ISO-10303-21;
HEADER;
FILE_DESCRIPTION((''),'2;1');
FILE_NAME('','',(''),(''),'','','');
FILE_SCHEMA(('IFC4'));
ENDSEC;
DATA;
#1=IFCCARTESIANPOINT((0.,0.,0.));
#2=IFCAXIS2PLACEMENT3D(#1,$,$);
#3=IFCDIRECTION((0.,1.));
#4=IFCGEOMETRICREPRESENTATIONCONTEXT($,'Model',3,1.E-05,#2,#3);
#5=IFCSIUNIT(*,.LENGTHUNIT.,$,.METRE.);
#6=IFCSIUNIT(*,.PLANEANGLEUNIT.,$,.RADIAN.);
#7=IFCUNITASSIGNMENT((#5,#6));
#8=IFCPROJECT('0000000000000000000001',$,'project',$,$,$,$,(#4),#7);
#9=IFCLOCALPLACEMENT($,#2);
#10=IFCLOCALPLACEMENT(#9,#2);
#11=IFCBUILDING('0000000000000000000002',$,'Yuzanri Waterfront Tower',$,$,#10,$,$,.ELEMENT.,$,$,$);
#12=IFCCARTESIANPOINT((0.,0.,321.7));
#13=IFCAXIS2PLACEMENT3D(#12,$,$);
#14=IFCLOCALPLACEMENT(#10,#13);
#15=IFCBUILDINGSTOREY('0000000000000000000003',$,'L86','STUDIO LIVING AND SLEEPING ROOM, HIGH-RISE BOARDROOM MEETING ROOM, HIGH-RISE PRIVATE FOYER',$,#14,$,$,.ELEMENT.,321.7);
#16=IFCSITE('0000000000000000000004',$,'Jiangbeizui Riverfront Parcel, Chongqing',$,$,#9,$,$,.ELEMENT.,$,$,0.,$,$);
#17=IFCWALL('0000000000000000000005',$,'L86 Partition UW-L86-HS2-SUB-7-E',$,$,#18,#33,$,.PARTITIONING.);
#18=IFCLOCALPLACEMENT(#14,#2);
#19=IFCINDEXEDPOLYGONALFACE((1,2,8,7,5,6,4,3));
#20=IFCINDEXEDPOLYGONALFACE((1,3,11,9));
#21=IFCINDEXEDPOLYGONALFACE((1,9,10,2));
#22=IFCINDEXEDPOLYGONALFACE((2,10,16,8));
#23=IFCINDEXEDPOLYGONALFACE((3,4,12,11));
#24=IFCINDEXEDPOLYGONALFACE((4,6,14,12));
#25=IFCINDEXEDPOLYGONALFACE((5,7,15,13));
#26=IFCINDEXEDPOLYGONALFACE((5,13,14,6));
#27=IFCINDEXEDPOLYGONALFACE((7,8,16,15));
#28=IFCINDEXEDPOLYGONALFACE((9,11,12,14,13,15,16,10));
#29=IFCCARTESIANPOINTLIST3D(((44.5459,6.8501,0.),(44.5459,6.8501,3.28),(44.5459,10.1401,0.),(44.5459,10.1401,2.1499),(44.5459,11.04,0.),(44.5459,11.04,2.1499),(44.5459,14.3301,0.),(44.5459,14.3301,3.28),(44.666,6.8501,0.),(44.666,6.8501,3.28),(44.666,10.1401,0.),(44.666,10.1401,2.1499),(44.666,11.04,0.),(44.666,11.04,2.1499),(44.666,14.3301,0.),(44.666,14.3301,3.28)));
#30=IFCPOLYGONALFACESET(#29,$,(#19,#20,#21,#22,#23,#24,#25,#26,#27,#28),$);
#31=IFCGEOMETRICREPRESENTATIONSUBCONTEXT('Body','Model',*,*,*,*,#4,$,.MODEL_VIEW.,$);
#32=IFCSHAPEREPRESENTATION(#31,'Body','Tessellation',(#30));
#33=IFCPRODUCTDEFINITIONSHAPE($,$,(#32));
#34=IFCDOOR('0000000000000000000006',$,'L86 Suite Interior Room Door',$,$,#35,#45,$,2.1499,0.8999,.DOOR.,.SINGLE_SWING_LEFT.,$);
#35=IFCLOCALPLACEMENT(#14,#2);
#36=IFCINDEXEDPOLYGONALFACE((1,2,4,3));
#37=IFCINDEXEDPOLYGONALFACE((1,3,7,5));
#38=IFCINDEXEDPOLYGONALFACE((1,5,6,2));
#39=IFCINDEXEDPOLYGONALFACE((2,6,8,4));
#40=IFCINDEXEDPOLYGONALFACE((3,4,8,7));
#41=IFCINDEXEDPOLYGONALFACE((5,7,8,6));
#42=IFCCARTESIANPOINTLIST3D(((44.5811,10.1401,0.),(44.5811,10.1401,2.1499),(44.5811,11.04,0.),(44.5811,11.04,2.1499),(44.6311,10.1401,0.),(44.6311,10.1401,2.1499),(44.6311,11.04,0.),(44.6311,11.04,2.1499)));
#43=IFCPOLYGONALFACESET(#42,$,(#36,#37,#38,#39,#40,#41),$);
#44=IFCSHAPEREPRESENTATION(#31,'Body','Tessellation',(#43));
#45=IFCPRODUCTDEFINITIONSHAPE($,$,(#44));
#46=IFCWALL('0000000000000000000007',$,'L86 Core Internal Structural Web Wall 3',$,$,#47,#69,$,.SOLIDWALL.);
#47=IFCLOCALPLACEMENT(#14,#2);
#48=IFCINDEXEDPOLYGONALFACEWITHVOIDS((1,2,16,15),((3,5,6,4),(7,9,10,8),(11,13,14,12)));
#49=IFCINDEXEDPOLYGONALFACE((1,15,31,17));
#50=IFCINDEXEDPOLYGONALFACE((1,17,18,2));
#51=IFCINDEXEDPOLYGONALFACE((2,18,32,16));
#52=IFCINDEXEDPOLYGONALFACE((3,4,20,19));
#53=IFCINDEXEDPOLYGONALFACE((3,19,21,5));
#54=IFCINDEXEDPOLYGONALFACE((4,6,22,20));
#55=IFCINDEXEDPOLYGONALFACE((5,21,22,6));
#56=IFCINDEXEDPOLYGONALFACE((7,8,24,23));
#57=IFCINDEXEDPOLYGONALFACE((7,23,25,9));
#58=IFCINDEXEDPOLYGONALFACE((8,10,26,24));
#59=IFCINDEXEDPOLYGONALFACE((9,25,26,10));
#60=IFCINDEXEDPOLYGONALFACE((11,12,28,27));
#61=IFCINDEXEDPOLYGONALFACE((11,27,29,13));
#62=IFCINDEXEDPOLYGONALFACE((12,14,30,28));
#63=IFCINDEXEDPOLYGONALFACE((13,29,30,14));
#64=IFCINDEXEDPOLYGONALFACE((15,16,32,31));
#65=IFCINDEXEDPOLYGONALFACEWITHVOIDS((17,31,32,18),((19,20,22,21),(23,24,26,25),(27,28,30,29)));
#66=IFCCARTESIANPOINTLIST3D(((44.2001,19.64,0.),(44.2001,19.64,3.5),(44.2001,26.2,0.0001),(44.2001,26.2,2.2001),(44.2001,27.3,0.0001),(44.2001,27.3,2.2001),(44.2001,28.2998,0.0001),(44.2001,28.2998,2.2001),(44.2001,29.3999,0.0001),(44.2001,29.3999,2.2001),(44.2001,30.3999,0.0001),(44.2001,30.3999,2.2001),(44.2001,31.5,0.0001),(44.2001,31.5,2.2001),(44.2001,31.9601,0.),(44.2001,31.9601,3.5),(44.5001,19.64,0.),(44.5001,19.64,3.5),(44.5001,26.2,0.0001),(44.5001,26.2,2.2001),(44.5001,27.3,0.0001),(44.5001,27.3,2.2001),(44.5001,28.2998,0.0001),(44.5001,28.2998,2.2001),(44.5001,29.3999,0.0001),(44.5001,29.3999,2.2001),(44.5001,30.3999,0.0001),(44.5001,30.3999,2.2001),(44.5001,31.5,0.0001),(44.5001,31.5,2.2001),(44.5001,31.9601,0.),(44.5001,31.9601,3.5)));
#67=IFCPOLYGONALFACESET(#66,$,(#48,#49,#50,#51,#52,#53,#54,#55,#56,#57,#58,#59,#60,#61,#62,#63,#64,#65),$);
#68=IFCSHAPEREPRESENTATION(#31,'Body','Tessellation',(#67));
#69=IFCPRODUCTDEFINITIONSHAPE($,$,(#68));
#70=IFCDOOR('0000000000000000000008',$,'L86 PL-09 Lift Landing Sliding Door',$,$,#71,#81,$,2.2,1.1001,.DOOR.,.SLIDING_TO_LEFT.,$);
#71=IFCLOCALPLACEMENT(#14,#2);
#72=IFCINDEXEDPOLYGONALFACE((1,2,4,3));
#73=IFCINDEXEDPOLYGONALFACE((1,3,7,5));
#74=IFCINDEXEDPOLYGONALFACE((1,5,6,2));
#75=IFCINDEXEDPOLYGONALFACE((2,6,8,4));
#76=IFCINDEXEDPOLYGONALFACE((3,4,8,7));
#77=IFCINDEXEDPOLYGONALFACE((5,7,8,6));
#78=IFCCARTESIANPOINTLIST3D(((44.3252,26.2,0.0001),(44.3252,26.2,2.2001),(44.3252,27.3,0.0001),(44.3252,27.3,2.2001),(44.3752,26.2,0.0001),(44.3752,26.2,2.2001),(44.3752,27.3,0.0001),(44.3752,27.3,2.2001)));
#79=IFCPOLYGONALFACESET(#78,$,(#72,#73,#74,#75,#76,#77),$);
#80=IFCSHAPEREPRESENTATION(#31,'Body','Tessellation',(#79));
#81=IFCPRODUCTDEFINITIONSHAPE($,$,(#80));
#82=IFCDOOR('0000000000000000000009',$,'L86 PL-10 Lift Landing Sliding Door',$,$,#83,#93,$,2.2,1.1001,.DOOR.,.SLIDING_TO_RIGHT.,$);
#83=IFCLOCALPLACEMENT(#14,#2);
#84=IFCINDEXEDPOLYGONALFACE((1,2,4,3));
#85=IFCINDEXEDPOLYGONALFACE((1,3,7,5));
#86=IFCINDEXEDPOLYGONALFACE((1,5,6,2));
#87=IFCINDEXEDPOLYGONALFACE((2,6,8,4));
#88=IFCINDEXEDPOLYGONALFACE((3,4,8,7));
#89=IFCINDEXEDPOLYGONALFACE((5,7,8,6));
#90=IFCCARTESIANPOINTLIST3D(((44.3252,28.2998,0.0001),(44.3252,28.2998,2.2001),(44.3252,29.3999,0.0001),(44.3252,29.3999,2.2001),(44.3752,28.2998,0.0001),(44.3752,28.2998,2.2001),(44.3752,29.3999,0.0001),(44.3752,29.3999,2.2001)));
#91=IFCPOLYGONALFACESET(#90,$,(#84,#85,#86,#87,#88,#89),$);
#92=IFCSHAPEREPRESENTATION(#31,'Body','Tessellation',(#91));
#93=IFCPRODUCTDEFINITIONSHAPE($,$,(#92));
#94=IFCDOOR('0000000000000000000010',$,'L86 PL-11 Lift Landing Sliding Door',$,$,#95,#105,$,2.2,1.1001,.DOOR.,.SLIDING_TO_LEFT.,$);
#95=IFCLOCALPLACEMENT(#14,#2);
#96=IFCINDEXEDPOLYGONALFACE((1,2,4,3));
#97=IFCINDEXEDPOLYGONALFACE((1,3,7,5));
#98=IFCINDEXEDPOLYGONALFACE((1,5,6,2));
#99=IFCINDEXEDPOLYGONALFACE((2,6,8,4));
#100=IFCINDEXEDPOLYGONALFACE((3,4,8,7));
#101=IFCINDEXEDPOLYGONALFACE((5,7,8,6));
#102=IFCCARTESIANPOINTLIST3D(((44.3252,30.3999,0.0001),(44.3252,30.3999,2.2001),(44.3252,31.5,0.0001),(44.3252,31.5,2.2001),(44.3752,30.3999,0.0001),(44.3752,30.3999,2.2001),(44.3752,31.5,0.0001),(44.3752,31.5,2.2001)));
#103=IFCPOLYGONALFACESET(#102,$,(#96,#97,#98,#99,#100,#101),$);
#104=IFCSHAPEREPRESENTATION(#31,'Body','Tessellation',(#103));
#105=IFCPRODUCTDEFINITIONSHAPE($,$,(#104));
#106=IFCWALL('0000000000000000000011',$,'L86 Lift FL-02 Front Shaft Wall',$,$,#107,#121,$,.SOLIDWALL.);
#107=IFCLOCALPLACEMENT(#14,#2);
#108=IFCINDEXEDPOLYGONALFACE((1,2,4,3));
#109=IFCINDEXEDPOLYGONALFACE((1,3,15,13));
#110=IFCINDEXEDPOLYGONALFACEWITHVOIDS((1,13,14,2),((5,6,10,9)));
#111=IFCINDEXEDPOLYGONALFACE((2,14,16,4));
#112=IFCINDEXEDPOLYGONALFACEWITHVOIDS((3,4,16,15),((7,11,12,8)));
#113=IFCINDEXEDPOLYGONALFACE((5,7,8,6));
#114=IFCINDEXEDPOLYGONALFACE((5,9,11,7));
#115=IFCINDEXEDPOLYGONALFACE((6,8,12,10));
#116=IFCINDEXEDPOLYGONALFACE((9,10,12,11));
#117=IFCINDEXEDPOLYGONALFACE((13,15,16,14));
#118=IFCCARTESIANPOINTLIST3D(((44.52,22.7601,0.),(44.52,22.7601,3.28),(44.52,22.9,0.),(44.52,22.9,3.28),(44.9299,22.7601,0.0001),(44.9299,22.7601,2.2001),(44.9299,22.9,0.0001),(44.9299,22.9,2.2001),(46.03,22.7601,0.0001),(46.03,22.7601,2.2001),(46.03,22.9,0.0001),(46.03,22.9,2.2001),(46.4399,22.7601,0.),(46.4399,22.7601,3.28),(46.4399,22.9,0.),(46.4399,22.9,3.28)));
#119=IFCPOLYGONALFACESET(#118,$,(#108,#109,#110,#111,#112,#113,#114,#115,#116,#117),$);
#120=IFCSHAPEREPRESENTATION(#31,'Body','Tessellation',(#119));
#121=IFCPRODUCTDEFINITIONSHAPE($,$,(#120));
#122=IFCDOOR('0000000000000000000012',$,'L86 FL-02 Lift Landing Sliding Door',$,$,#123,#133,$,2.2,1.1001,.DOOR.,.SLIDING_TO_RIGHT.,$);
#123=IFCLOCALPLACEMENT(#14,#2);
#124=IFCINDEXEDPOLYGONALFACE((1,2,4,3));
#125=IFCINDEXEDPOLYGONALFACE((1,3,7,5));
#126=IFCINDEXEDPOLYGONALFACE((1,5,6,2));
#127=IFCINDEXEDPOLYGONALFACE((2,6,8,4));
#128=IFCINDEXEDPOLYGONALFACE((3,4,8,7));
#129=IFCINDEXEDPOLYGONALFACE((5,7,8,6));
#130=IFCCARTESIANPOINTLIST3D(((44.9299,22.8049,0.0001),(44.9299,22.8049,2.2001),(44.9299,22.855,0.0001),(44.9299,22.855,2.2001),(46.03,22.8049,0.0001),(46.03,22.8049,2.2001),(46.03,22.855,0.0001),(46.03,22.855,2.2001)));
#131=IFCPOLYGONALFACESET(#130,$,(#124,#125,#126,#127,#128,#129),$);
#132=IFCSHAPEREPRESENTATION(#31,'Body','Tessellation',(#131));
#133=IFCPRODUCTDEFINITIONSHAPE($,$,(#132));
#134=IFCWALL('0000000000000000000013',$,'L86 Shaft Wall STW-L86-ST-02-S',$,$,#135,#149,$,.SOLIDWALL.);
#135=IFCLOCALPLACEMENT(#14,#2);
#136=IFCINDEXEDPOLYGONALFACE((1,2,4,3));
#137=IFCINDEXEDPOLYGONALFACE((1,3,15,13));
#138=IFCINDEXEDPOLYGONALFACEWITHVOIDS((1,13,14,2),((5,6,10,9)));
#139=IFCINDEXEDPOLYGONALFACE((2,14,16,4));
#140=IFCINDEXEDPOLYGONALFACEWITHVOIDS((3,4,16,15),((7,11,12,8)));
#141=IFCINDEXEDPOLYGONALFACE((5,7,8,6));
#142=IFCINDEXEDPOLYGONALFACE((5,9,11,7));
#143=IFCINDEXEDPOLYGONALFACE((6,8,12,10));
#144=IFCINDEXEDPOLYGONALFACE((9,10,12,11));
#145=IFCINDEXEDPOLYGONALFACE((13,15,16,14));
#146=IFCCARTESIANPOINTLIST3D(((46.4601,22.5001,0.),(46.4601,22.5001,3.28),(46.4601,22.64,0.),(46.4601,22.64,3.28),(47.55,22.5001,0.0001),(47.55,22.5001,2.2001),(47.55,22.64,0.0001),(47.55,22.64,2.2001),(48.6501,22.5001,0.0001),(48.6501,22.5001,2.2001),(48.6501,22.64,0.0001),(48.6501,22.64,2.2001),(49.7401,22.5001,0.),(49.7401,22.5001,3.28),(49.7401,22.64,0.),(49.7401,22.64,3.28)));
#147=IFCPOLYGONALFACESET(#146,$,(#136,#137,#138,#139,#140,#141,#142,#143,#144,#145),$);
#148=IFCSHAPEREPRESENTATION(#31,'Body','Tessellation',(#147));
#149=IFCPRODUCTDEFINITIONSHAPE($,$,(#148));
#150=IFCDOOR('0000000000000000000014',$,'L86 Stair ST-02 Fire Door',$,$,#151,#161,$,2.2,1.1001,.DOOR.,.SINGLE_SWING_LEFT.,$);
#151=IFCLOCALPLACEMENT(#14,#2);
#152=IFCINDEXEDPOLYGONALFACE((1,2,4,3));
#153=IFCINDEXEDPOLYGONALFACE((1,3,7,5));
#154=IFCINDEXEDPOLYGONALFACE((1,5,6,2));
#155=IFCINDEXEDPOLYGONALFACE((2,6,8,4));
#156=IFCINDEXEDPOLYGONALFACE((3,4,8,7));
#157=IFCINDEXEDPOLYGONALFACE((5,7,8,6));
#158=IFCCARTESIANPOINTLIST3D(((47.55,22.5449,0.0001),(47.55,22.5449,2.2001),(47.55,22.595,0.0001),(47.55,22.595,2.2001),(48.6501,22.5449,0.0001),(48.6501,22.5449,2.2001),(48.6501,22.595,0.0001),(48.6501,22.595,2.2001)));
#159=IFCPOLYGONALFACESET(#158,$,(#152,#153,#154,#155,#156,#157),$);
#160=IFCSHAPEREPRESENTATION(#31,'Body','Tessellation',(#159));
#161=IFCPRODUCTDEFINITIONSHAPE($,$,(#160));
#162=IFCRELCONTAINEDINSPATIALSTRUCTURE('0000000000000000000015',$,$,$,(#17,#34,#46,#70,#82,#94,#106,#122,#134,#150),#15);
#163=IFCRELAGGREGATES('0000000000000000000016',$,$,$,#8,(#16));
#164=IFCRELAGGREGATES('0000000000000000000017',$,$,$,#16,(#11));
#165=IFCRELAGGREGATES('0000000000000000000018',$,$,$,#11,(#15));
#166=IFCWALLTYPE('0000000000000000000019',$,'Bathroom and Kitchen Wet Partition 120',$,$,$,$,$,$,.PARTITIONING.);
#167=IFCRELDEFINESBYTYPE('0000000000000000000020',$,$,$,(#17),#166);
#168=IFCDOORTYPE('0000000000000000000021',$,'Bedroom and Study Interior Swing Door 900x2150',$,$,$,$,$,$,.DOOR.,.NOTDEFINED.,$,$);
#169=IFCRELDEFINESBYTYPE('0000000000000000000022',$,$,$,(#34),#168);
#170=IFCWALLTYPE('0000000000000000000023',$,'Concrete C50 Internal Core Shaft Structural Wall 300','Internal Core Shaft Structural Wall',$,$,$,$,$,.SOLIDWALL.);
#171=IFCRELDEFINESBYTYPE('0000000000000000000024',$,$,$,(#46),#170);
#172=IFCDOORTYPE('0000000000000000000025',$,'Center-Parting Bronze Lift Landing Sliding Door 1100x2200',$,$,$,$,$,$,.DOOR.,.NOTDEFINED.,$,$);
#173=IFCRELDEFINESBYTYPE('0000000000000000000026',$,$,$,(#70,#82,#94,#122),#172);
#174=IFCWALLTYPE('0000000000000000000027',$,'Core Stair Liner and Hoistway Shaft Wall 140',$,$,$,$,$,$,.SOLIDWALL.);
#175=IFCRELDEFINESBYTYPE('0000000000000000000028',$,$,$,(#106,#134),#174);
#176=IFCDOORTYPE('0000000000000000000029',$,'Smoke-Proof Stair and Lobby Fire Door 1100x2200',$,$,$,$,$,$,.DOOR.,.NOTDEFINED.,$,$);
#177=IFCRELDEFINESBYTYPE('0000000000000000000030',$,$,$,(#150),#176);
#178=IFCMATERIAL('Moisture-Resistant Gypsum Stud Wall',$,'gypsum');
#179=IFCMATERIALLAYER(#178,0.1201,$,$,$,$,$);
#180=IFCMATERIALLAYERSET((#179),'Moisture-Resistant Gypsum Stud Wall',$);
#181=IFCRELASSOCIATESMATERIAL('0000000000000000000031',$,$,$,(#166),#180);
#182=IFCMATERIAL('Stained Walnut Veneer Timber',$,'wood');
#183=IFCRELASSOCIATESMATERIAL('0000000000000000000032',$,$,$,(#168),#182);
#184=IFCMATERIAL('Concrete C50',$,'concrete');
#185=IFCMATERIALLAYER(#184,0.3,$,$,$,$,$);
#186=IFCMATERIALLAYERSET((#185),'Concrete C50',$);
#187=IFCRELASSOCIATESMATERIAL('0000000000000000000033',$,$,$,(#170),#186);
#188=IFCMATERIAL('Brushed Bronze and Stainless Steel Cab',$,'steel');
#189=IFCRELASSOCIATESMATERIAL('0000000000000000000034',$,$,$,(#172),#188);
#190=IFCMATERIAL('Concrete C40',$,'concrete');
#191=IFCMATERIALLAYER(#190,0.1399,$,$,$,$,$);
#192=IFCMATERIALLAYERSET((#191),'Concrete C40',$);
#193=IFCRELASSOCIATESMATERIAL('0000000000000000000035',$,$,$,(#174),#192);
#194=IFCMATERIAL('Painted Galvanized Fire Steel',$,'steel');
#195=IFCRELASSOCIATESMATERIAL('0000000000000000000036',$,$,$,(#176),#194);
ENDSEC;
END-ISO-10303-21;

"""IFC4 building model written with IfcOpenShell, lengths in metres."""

from ifc_helpers import new_model, si_unit, direction, frame, frame_2d, origin, place, context, subcontext, project, spatial, rectangle, extrude, source, transform, mapped, material, layer, layer_set, type_object, element, fill, save


model = new_model("IFC4")

# Units and contexts
model_context = context("Model", 3, precision=1e-05, world=origin(), true_north=direction((0.0, 1.0)))
body_context = subcontext(model_context, "Body", "Model", "MODEL_VIEW")
ifc_project = project(units=[si_unit("LENGTHUNIT", "METRE"), si_unit("PLANEANGLEUNIT", "RADIAN")], contexts=[model_context])

# Site, building, storey
site_placement = place(None, origin())
site = spatial("IfcSite", under=ifc_project, at=site_placement, Name="Jiangbeizui Riverfront Parcel, Chongqing", CompositionType="ELEMENT", RefElevation=0.0)
building_placement = place(site_placement, origin())
building = spatial("IfcBuilding", under=site, at=building_placement, Name="Yuzanri Waterfront Tower", CompositionType="ELEMENT")
storey_placement = place(building_placement, frame((0.0, 0.0, 321.7)))
storey = spatial("IfcBuildingStorey", under=building, at=storey_placement, Name="L86", Description="STUDIO LIVING AND SLEEPING ROOM, HIGH-RISE BOARDROOM MEETING ROOM, HIGH-RISE PRIVATE FOYER", CompositionType="ELEMENT", Elevation=321.7)

# Wall, opening, door
ifc_material_1 = material(Name="Moisture-Resistant Gypsum Stud Wall", Category="gypsum")
ifc_layer_1 = layer(ifc_material_1, 0.1201)
ifc_layer_set_1 = layer_set([ifc_layer_1], Name="Moisture-Resistant Gypsum Stud Wall")
wall_type_1 = type_object("IfcWallType", Name="Bathroom and Kitchen Wet Partition 120", PredefinedType="PARTITIONING", material=ifc_layer_set_1)
wall_1_placement = place(storey_placement, frame((44.606, 6.8501, 0.0), z_axis=(0.0, 0.0, 1.0), x_axis=(0.0, 1.0, 0.0)))
wall_1 = element("IfcWall", 1, at=wall_1_placement, inside=storey, type_object=wall_type_1, Name="L86 Partition UW-L86-HS2-SUB-7-E", PredefinedType="PARTITIONING", context=body_context, shape_type="SweptSolid", body=[
    extrude(rectangle(XDim=7.48, YDim=0.1201, at=frame_2d((3.74, 0.0))), origin(), (0.0, 0.0, 1.0), 3.28),
])
opening_1_placement = place(wall_1_placement, frame((3.29, 0.0, 0.0)))
opening_1 = element("IfcOpeningElement", 2, at=opening_1_placement, cuts=wall_1, PredefinedType="OPENING", context=body_context, shape_type="SweptSolid", body=[
    extrude(rectangle(XDim=0.8999, YDim=2.1499, at=frame_2d((0.45, 1.075))), frame((0.0, 0.075, 0.0), z_axis=(0.0, -1.0, 0.0), x_axis=(1.0, 0.0, 0.0)), (0.0, 0.0, 1.0), 0.1499),
])
ifc_material_2 = material(Name="Stained Walnut Veneer Timber", Category="wood")
door_type_1 = type_object("IfcDoorType", Name="Bedroom and Study Interior Swing Door 900x2150", OperationType="NOTDEFINED", PredefinedType="DOOR", material=ifc_material_2)
shared_shape_1 = source(origin(), body_context, "Body", "SweptSolid", [
    extrude(rectangle(XDim=0.8999, YDim=2.1499, at=frame_2d((0.45, 1.075))), frame((0.0, 0.0249, 0.0), z_axis=(0.0, -1.0, 0.0), x_axis=(1.0, 0.0, 0.0)), (0.0, 0.0, 1.0), 0.05),
])
door_1_placement = place(opening_1_placement, origin())
door_1 = element("IfcDoor", 3, at=door_1_placement, inside=storey, type_object=door_type_1, Name="L86 Suite Interior Room Door", OperationType="SINGLE_SWING_LEFT", OverallHeight=2.1499, OverallWidth=0.8999, PredefinedType="DOOR", context=body_context, shape_type="MappedRepresentation", body=[
    mapped(shared_shape_1, transform((0.0, 0.0, 0.0), scale=1.0)),
])
fill(opening_1, door_1)

# Wall, openings, doors
ifc_material_3 = material(Name="Concrete C50", Category="concrete")
ifc_layer_2 = layer(ifc_material_3, 0.3)
ifc_layer_set_2 = layer_set([ifc_layer_2], Name="Concrete C50")
wall_type_2 = type_object("IfcWallType", Name="Concrete C50 Internal Core Shaft Structural Wall 300", Description="Internal Core Shaft Structural Wall", PredefinedType="SOLIDWALL", material=ifc_layer_set_2)
wall_2_placement = place(storey_placement, frame((44.3501, 19.6399, 0.0), z_axis=(0.0, 0.0, 1.0), x_axis=(0.0, 1.0, 0.0)))
wall_2 = element("IfcWall", 4, at=wall_2_placement, inside=storey, type_object=wall_type_2, Name="L86 Core Internal Structural Web Wall 3", PredefinedType="SOLIDWALL", context=body_context, shape_type="SweptSolid", body=[
    extrude(rectangle(XDim=12.3201, YDim=0.3, at=frame_2d((6.1602, 0.0))), origin(), (0.0, 0.0, 1.0), 3.5),
])
opening_2_placement = place(wall_2_placement, frame((6.5601, 0.0, 0.0)))
opening_2 = element("IfcOpeningElement", 5, at=opening_2_placement, cuts=wall_2, PredefinedType="OPENING", context=body_context, shape_type="SweptSolid", body=[
    extrude(rectangle(XDim=1.1001, YDim=2.2, at=frame_2d((0.55, 1.1001))), frame((0.0, 0.165, 0.0), z_axis=(0.0, -1.0, 0.0), x_axis=(1.0, 0.0, 0.0)), (0.0, 0.0, 1.0), 0.3298),
])
opening_3_placement = place(wall_2_placement, frame((8.6599, 0.0, 0.0)))
opening_3 = element("IfcOpeningElement", 6, at=opening_3_placement, cuts=wall_2, PredefinedType="OPENING", context=body_context, shape_type="SweptSolid", body=[
    extrude(rectangle(XDim=1.1001, YDim=2.2, at=frame_2d((0.55, 1.1001))), frame((0.0, 0.165, 0.0), z_axis=(0.0, -1.0, 0.0), x_axis=(1.0, 0.0, 0.0)), (0.0, 0.0, 1.0), 0.3298),
])
opening_4_placement = place(wall_2_placement, frame((10.76, 0.0, 0.0)))
opening_4 = element("IfcOpeningElement", 7, at=opening_4_placement, cuts=wall_2, PredefinedType="OPENING", context=body_context, shape_type="SweptSolid", body=[
    extrude(rectangle(XDim=1.1001, YDim=2.2, at=frame_2d((0.55, 1.1001))), frame((0.0, 0.165, 0.0), z_axis=(0.0, -1.0, 0.0), x_axis=(1.0, 0.0, 0.0)), (0.0, 0.0, 1.0), 0.3298),
])
ifc_material_4 = material(Name="Brushed Bronze and Stainless Steel Cab", Category="steel")
door_type_2 = type_object("IfcDoorType", Name="Center-Parting Bronze Lift Landing Sliding Door 1100x2200", OperationType="NOTDEFINED", PredefinedType="DOOR", material=ifc_material_4)
shared_shape_2 = source(origin(), body_context, "Body", "SweptSolid", [
    extrude(rectangle(XDim=1.1001, YDim=2.2, at=frame_2d((0.55, 1.1001))), frame((0.0, 0.0249, 0.0), z_axis=(0.0, -1.0, 0.0), x_axis=(1.0, 0.0, 0.0)), (0.0, 0.0, 1.0), 0.05),
])
door_2_placement = place(opening_2_placement, origin())
door_2 = element("IfcDoor", 8, at=door_2_placement, inside=storey, type_object=door_type_2, Name="L86 PL-09 Lift Landing Sliding Door", OperationType="SLIDING_TO_LEFT", OverallHeight=2.2, OverallWidth=1.1001, PredefinedType="DOOR", context=body_context, shape_type="MappedRepresentation", body=[
    mapped(shared_shape_2, transform((0.0, 0.0, 0.0), scale=1.0)),
])
fill(opening_2, door_2)
door_3_placement = place(opening_3_placement, origin())
door_3 = element("IfcDoor", 9, at=door_3_placement, inside=storey, type_object=door_type_2, Name="L86 PL-10 Lift Landing Sliding Door", OperationType="SLIDING_TO_RIGHT", OverallHeight=2.2, OverallWidth=1.1001, PredefinedType="DOOR", context=body_context, shape_type="MappedRepresentation", body=[
    mapped(shared_shape_2, transform((0.0, 0.0, 0.0), scale=1.0)),
])
fill(opening_3, door_3)
door_4_placement = place(opening_4_placement, origin())
door_4 = element("IfcDoor", 10, at=door_4_placement, inside=storey, type_object=door_type_2, Name="L86 PL-11 Lift Landing Sliding Door", OperationType="SLIDING_TO_LEFT", OverallHeight=2.2, OverallWidth=1.1001, PredefinedType="DOOR", context=body_context, shape_type="MappedRepresentation", body=[
    mapped(shared_shape_2, transform((0.0, 0.0, 0.0), scale=1.0)),
])
fill(opening_4, door_4)

# Walls, openings, doors
ifc_material_5 = material(Name="Concrete C40", Category="concrete")
ifc_layer_3 = layer(ifc_material_5, 0.1399)
ifc_layer_set_3 = layer_set([ifc_layer_3], Name="Concrete C40")
wall_type_3 = type_object("IfcWallType", Name="Core Stair Liner and Hoistway Shaft Wall 140", PredefinedType="SOLIDWALL", material=ifc_layer_set_3)
wall_3_placement = place(storey_placement, frame((44.52, 22.8301, 0.0), z_axis=(0.0, 0.0, 1.0), x_axis=(1.0, 0.0, 0.0)))
wall_3 = element("IfcWall", 11, at=wall_3_placement, inside=storey, type_object=wall_type_3, Name="L86 Lift FL-02 Front Shaft Wall", PredefinedType="SOLIDWALL", context=body_context, shape_type="SweptSolid", body=[
    extrude(rectangle(XDim=1.9199, YDim=0.1399, at=frame_2d((0.96, 0.0))), origin(), (0.0, 0.0, 1.0), 3.28),
])
opening_5_placement = place(wall_3_placement, frame((0.4099, 0.0, 0.0)))
opening_5 = element("IfcOpeningElement", 12, at=opening_5_placement, cuts=wall_3, PredefinedType="OPENING", context=body_context, shape_type="SweptSolid", body=[
    extrude(rectangle(XDim=1.1001, YDim=2.2, at=frame_2d((0.55, 1.1001))), frame((0.0, 0.085, 0.0), z_axis=(0.0, -1.0, 0.0), x_axis=(1.0, 0.0, 0.0)), (0.0, 0.0, 1.0), 0.1697),
])
door_5_placement = place(opening_5_placement, origin())
door_5 = element("IfcDoor", 13, at=door_5_placement, inside=storey, type_object=door_type_2, Name="L86 FL-02 Lift Landing Sliding Door", OperationType="SLIDING_TO_RIGHT", OverallHeight=2.2, OverallWidth=1.1001, PredefinedType="DOOR", context=body_context, shape_type="MappedRepresentation", body=[
    mapped(shared_shape_2, transform((0.0, 0.0, 0.0), scale=1.0)),
])
fill(opening_5, door_5)
wall_4_placement = place(storey_placement, frame((46.46, 22.5701, 0.0), z_axis=(0.0, 0.0, 1.0), x_axis=(1.0, 0.0, 0.0)))
wall_4 = element("IfcWall", 14, at=wall_4_placement, inside=storey, type_object=wall_type_3, Name="L86 Shaft Wall STW-L86-ST-02-S", PredefinedType="SOLIDWALL", context=body_context, shape_type="SweptSolid", body=[
    extrude(rectangle(XDim=3.28, YDim=0.1399, at=frame_2d((1.6401, 0.0))), origin(), (0.0, 0.0, 1.0), 3.28),
])
opening_6_placement = place(wall_4_placement, frame((1.0901, 0.0, 0.0)))
opening_6 = element("IfcOpeningElement", 15, at=opening_6_placement, cuts=wall_4, PredefinedType="OPENING", context=body_context, shape_type="SweptSolid", body=[
    extrude(rectangle(XDim=1.1001, YDim=2.2, at=frame_2d((0.55, 1.1001))), frame((0.0, 0.085, 0.0), z_axis=(0.0, -1.0, 0.0), x_axis=(1.0, 0.0, 0.0)), (0.0, 0.0, 1.0), 0.1697),
])
ifc_material_6 = material(Name="Painted Galvanized Fire Steel", Category="steel")
door_type_3 = type_object("IfcDoorType", Name="Smoke-Proof Stair and Lobby Fire Door 1100x2200", OperationType="NOTDEFINED", PredefinedType="DOOR", material=ifc_material_6)
shared_shape_3 = source(origin(), body_context, "Body", "SweptSolid", [
    extrude(rectangle(XDim=1.1001, YDim=2.2, at=frame_2d((0.55, 1.1001))), frame((0.0, 0.0249, 0.0), z_axis=(0.0, -1.0, 0.0), x_axis=(1.0, 0.0, 0.0)), (0.0, 0.0, 1.0), 0.05),
])
door_6_placement = place(opening_6_placement, origin())
door_6 = element("IfcDoor", 16, at=door_6_placement, inside=storey, type_object=door_type_3, Name="L86 Stair ST-02 Fire Door", OperationType="SINGLE_SWING_LEFT", OverallHeight=2.2, OverallWidth=1.1001, PredefinedType="DOOR", context=body_context, shape_type="MappedRepresentation", body=[
    mapped(shared_shape_3, transform((0.0, 0.0, 0.0), scale=1.0)),
])
fill(opening_6, door_6)

save(model, "model.ifc")
